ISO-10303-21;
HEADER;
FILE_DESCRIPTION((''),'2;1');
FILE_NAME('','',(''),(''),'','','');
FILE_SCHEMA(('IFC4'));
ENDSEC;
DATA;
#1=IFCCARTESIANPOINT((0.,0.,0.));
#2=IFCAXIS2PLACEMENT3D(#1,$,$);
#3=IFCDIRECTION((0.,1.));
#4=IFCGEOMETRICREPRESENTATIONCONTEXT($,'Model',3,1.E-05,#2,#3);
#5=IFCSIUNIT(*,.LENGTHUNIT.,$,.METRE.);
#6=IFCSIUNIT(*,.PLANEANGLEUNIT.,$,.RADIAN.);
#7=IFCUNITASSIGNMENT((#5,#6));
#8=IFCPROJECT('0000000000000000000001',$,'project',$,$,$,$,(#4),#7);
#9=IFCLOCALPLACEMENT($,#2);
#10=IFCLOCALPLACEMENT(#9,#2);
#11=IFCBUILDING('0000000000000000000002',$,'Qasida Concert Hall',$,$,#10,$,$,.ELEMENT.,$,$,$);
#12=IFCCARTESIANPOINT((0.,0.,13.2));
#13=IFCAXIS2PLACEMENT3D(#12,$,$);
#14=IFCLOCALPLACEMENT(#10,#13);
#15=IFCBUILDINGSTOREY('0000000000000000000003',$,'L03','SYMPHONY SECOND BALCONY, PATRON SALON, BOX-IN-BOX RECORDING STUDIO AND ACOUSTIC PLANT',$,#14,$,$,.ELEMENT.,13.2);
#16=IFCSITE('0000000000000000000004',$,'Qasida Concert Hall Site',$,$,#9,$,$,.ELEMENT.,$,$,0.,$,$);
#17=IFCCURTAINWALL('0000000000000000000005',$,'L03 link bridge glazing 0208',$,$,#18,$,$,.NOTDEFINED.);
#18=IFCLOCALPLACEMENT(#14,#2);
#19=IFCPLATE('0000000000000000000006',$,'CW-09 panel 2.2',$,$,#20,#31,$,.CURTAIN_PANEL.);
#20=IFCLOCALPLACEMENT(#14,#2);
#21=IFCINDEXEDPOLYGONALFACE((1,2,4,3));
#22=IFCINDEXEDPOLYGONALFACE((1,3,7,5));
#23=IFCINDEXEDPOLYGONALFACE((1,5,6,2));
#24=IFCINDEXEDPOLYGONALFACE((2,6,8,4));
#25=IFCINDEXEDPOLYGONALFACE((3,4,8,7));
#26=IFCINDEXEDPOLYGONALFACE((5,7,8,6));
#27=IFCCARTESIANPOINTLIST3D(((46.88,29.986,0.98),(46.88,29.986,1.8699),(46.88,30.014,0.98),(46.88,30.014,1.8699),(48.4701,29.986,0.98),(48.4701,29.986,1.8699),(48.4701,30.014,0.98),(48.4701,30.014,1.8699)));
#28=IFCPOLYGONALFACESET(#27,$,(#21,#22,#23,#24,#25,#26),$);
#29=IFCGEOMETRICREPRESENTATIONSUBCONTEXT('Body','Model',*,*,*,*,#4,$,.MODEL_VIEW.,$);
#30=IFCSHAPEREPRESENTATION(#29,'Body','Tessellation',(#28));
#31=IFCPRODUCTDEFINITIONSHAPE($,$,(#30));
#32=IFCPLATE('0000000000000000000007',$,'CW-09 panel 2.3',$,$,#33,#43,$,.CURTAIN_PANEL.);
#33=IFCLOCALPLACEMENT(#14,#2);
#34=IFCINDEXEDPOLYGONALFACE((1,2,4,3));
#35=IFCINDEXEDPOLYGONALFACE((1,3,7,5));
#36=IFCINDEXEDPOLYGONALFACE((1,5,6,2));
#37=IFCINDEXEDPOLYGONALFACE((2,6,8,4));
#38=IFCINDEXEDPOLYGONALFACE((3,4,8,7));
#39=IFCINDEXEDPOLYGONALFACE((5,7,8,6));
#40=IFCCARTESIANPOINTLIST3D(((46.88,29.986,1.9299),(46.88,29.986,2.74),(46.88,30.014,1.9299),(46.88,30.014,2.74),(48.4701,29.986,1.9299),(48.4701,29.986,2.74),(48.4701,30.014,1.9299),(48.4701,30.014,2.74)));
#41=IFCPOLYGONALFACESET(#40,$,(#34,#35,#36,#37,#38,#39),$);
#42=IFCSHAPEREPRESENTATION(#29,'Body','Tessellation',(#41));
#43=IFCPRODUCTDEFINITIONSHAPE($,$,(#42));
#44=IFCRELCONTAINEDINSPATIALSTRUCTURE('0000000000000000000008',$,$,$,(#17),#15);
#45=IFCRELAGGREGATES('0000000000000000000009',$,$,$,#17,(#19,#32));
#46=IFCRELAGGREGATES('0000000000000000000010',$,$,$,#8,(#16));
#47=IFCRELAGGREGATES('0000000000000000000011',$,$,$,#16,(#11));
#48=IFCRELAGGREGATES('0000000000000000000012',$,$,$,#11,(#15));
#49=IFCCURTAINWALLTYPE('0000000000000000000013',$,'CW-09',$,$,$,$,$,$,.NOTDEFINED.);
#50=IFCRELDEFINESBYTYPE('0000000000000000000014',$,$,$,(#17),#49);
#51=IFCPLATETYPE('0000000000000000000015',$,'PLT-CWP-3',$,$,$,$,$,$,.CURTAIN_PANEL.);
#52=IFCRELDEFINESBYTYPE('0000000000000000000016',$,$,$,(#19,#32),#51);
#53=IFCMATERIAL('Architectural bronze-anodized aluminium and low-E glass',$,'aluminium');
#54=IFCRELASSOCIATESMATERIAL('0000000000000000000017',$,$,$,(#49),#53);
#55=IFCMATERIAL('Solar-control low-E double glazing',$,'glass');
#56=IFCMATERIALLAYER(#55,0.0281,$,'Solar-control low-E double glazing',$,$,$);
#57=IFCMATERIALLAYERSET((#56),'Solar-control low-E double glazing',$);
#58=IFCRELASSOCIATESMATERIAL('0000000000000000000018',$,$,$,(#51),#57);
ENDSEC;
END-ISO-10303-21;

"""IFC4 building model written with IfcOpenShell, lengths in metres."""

from ifc_helpers import new_model, si_unit, direction, frame, origin, origin_2d, place, context, subcontext, project, spatial, rectangle, extrude, material, layer, layer_set, type_object, element, aggregate, save


model = new_model("IFC4")

# Units and contexts
model_context = context("Model", 3, precision=1e-05, world=origin(), true_north=direction((0.0, 1.0)))
body_context = subcontext(model_context, "Body", "Model", "MODEL_VIEW")
ifc_project = project(units=[si_unit("LENGTHUNIT", "METRE"), si_unit("PLANEANGLEUNIT", "RADIAN")], contexts=[model_context])

# Site, building, storey
site_placement = place(None, origin())
site = spatial("IfcSite", under=ifc_project, at=site_placement, Name="Qasida Concert Hall Site", CompositionType="ELEMENT", RefElevation=0.0)
building_placement = place(site_placement, origin())
building = spatial("IfcBuilding", under=site, at=building_placement, Name="Qasida Concert Hall", CompositionType="ELEMENT")
storey_placement = place(building_placement, frame((0.0, 0.0, 13.2)))
storey = spatial("IfcBuildingStorey", under=building, at=storey_placement, Name="L03", Description="SYMPHONY SECOND BALCONY, PATRON SALON, BOX-IN-BOX RECORDING STUDIO AND ACOUSTIC PLANT", CompositionType="ELEMENT", Elevation=13.2)

# Curtain wall
ifc_material_1 = material(Name="Architectural bronze-anodized aluminium and low-E glass", Category="aluminium")
curtain_wall_type = type_object("IfcCurtainWallType", Name="CW-09", PredefinedType="NOTDEFINED", material=ifc_material_1)
curtain_wall_1_placement = place(storey_placement, origin())
curtain_wall_1 = element("IfcCurtainWall", 1, at=curtain_wall_1_placement, inside=storey, type_object=curtain_wall_type, Name="L03 link bridge glazing 0208", PredefinedType="NOTDEFINED")

# Plates
ifc_material_2 = material(Name="Solar-control low-E double glazing", Category="glass")
ifc_layer = layer(ifc_material_2, 0.0281, Name="Solar-control low-E double glazing")
ifc_layer_set = layer_set([ifc_layer], Name="Solar-control low-E double glazing")
plate_type = type_object("IfcPlateType", Name="PLT-CWP-3", PredefinedType="CURTAIN_PANEL", material=ifc_layer_set)
plate_1_placement = place(storey_placement, frame((47.675, 30.0, 0.98), z_axis=(0.0, 0.0, 1.0), x_axis=(1.0, 0.0, 0.0)))
plate_1 = element("IfcPlate", 2, at=plate_1_placement, type_object=plate_type, Name="CW-09 panel 2.2", PredefinedType="CURTAIN_PANEL", context=body_context, shape_type="SweptSolid", body=[
    extrude(rectangle(XDim=1.5901, YDim=0.0281, at=origin_2d()), origin(), (0.0, 0.0, 1.0), 0.8899),
])
plate_2_placement = place(storey_placement, frame((47.675, 30.0, 1.9299), z_axis=(0.0, 0.0, 1.0), x_axis=(1.0, 0.0, 0.0)))
plate_2 = element("IfcPlate", 3, at=plate_2_placement, type_object=plate_type, Name="CW-09 panel 2.3", PredefinedType="CURTAIN_PANEL", context=body_context, shape_type="SweptSolid", body=[
    extrude(rectangle(XDim=1.5901, YDim=0.0281, at=origin_2d()), origin(), (0.0, 0.0, 1.0), 0.8101),
])
aggregate(curtain_wall_1, [plate_1, plate_2])

save(model, "model.ifc")
